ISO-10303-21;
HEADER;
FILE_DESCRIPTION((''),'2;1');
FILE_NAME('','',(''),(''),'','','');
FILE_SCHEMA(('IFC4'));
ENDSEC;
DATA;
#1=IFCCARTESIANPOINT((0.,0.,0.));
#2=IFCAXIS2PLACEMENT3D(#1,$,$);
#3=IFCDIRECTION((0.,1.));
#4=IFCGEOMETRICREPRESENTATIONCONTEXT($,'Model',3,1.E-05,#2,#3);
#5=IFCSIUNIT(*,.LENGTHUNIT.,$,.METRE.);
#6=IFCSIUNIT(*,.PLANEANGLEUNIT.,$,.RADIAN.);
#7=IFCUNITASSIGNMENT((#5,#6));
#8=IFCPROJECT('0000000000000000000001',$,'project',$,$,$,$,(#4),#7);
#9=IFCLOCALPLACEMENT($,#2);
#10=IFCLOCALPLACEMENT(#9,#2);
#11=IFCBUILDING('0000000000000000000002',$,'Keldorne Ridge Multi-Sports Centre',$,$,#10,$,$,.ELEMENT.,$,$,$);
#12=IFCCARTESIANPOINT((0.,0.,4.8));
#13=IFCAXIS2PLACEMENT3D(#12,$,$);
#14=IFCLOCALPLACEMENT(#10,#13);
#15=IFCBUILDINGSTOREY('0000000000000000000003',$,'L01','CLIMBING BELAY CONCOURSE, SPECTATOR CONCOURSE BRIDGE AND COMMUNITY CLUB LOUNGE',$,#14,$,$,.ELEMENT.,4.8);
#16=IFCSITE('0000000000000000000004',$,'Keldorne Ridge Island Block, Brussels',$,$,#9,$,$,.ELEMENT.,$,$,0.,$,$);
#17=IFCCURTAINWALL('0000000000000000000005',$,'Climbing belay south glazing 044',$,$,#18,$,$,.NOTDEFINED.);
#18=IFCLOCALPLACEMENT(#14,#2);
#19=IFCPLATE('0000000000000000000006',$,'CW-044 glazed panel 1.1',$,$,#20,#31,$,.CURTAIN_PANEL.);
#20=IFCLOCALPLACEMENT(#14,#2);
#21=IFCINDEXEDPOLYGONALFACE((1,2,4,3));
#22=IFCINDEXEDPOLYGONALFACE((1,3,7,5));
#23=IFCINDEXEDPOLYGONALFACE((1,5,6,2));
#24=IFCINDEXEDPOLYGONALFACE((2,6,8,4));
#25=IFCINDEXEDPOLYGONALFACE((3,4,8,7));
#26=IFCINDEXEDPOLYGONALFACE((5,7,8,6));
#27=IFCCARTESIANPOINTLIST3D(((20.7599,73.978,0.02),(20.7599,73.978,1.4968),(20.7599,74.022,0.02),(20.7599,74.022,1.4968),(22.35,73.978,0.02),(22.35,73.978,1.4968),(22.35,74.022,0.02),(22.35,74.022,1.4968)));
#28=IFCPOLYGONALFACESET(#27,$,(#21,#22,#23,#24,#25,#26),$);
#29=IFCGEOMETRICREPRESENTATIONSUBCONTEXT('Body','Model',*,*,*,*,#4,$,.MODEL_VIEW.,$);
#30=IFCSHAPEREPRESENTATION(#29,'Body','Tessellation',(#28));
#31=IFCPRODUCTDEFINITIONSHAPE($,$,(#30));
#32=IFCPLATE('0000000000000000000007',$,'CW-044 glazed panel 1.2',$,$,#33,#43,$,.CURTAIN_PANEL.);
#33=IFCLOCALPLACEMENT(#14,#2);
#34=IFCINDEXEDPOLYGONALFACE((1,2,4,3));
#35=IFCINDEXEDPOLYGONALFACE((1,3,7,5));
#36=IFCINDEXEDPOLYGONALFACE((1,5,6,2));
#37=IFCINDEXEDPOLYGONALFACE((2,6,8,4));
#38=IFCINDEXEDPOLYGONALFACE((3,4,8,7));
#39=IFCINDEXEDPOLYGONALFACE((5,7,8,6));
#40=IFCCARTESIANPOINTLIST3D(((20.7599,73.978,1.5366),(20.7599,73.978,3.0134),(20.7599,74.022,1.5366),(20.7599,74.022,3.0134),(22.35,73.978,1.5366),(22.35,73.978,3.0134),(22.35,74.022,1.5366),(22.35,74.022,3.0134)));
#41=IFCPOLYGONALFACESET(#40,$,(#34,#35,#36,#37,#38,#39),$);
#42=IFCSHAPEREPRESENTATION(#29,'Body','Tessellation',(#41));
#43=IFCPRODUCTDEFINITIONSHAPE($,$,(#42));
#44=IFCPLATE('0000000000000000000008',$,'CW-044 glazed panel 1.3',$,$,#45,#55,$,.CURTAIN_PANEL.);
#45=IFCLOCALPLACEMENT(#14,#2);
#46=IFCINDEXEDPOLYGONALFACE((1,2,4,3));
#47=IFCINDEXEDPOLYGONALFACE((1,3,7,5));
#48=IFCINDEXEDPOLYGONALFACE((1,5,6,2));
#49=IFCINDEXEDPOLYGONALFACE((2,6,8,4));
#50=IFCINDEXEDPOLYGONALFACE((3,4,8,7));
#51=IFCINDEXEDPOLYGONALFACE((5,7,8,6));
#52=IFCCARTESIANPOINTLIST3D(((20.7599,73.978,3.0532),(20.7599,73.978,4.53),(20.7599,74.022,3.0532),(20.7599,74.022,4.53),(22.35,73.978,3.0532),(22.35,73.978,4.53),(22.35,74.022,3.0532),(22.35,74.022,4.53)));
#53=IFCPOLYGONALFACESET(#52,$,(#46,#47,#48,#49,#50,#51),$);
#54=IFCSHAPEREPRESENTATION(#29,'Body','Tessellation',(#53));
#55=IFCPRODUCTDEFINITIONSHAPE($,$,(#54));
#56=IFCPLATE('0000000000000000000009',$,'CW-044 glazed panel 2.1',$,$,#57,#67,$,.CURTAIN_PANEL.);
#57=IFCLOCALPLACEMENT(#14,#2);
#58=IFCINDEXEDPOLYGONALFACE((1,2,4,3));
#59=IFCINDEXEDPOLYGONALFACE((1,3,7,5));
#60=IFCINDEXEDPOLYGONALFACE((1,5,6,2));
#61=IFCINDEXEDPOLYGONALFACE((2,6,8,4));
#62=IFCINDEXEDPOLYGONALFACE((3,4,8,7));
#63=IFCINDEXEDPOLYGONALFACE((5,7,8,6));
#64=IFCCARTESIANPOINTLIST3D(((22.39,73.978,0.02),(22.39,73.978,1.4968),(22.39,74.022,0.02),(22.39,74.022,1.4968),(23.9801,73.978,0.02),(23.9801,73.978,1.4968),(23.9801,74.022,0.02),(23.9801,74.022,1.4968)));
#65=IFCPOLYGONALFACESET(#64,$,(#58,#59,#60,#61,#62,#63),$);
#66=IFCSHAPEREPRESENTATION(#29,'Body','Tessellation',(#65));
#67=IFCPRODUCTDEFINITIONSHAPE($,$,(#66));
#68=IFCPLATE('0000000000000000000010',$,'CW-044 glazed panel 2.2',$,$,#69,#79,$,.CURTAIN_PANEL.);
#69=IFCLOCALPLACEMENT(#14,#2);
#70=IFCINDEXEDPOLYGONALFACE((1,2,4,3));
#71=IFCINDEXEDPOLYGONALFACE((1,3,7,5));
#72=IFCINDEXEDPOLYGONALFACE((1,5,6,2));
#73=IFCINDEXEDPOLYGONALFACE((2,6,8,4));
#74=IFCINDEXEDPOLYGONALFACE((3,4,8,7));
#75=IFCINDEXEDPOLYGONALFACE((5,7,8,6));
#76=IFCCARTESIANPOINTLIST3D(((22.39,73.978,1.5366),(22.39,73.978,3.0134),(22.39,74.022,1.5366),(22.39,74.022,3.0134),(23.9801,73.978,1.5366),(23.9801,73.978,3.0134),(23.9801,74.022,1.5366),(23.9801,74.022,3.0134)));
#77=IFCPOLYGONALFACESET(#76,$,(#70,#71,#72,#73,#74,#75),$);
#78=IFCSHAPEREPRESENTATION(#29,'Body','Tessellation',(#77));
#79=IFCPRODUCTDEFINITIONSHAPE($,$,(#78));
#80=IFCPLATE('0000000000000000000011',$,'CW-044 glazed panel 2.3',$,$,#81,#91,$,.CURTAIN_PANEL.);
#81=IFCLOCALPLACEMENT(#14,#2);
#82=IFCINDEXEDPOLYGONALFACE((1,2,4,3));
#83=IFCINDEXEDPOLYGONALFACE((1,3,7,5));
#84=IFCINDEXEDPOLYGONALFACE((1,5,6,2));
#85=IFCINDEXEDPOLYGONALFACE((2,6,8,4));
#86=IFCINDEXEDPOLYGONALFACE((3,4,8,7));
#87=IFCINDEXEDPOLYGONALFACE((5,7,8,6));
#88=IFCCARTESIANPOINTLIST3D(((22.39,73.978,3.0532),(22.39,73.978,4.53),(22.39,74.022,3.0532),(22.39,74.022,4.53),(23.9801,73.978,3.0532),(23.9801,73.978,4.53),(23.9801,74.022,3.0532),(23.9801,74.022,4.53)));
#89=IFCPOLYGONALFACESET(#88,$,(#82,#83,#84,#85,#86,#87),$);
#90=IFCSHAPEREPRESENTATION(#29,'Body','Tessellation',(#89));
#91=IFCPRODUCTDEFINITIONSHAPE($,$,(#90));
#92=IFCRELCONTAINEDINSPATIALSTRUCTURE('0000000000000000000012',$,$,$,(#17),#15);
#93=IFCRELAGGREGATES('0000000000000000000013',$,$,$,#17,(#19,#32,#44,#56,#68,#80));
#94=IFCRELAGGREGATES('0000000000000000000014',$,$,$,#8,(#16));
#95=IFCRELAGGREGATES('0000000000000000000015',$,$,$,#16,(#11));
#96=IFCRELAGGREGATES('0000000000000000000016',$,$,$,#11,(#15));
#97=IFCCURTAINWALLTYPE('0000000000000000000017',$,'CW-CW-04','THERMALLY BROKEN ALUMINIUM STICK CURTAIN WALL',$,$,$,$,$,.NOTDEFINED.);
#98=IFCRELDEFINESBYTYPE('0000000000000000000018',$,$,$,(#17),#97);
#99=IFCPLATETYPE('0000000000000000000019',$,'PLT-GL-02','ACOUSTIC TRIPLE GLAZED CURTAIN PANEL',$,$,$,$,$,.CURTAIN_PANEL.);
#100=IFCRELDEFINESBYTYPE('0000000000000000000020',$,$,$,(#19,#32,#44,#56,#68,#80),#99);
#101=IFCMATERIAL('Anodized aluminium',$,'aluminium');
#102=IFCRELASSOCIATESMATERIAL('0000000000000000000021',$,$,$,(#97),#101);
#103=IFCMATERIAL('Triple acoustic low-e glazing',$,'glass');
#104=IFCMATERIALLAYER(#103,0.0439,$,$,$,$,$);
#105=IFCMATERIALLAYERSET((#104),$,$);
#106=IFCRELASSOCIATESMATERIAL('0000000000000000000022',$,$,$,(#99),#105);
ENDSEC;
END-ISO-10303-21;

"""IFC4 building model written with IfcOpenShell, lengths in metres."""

from ifc_helpers import new_model, si_unit, direction, frame, origin, origin_2d, place, context, subcontext, project, spatial, rectangle, extrude, material, layer, layer_set, type_object, element, aggregate, save


model = new_model("IFC4")

# Units and contexts
model_context = context("Model", 3, precision=1e-05, world=origin(), true_north=direction((0.0, 1.0)))
body_context = subcontext(model_context, "Body", "Model", "MODEL_VIEW")
ifc_project = project(units=[si_unit("LENGTHUNIT", "METRE"), si_unit("PLANEANGLEUNIT", "RADIAN")], contexts=[model_context])

# Site, building, storey
site_placement = place(None, origin())
site = spatial("IfcSite", under=ifc_project, at=site_placement, Name="Keldorne Ridge Island Block, Brussels", CompositionType="ELEMENT", RefElevation=0.0)
building_placement = place(site_placement, origin())
building = spatial("IfcBuilding", under=site, at=building_placement, Name="Keldorne Ridge Multi-Sports Centre", CompositionType="ELEMENT")
storey_placement = place(building_placement, frame((0.0, 0.0, 4.8)))
storey = spatial("IfcBuildingStorey", under=building, at=storey_placement, Name="L01", Description="CLIMBING BELAY CONCOURSE, SPECTATOR CONCOURSE BRIDGE AND COMMUNITY CLUB LOUNGE", CompositionType="ELEMENT", Elevation=4.8)

# Curtain wall
ifc_material_1 = material(Name="Anodized aluminium", Category="aluminium")
curtain_wall_type_1 = type_object("IfcCurtainWallType", Name="CW-CW-04", Description="THERMALLY BROKEN ALUMINIUM STICK CURTAIN WALL", PredefinedType="NOTDEFINED", material=ifc_material_1)
curtain_wall_1_placement = place(storey_placement, origin())
curtain_wall_1 = element("IfcCurtainWall", 1, at=curtain_wall_1_placement, inside=storey, type_object=curtain_wall_type_1, Name="Climbing belay south glazing 044", PredefinedType="NOTDEFINED")

# Plates
ifc_material_2 = material(Name="Triple acoustic low-e glazing", Category="glass")
ifc_layer = layer(ifc_material_2, 0.0439)
ifc_layer_set = layer_set([ifc_layer])
plate_type = type_object("IfcPlateType", Name="PLT-GL-02", Description="ACOUSTIC TRIPLE GLAZED CURTAIN PANEL", PredefinedType="CURTAIN_PANEL", material=ifc_layer_set)
plate_1_placement = place(storey_placement, frame((21.5549, 74.0, 0.02), z_axis=(0.0, 0.0, 1.0), x_axis=(1.0, 0.0, 0.0)))
plate_1 = element("IfcPlate", 2, at=plate_1_placement, type_object=plate_type, Name="CW-044 glazed panel 1.1", PredefinedType="CURTAIN_PANEL", context=body_context, shape_type="SweptSolid", body=[
    extrude(rectangle(XDim=1.5901, YDim=0.0439, at=origin_2d()), origin(), (0.0, 0.0, 1.0), 1.4768),
])
plate_2_placement = place(storey_placement, frame((21.5549, 74.0, 1.5366), z_axis=(0.0, 0.0, 1.0), x_axis=(1.0, 0.0, 0.0)))
plate_2 = element("IfcPlate", 3, at=plate_2_placement, type_object=plate_type, Name="CW-044 glazed panel 1.2", PredefinedType="CURTAIN_PANEL", context=body_context, shape_type="SweptSolid", body=[
    extrude(rectangle(XDim=1.5901, YDim=0.0439, at=origin_2d()), origin(), (0.0, 0.0, 1.0), 1.4768),
])
plate_3_placement = place(storey_placement, frame((21.5549, 74.0, 3.0532), z_axis=(0.0, 0.0, 1.0), x_axis=(1.0, 0.0, 0.0)))
plate_3 = element("IfcPlate", 4, at=plate_3_placement, type_object=plate_type, Name="CW-044 glazed panel 1.3", PredefinedType="CURTAIN_PANEL", context=body_context, shape_type="SweptSolid", body=[
    extrude(rectangle(XDim=1.5901, YDim=0.0439, at=origin_2d()), origin(), (0.0, 0.0, 1.0), 1.4768),
])
plate_4_placement = place(storey_placement, frame((23.1851, 74.0, 0.02), z_axis=(0.0, 0.0, 1.0), x_axis=(1.0, 0.0, 0.0)))
plate_4 = element("IfcPlate", 5, at=plate_4_placement, type_object=plate_type, Name="CW-044 glazed panel 2.1", PredefinedType="CURTAIN_PANEL", context=body_context, shape_type="SweptSolid", body=[
    extrude(rectangle(XDim=1.5901, YDim=0.0439, at=origin_2d()), origin(), (0.0, 0.0, 1.0), 1.4768),
])
plate_5_placement = place(storey_placement, frame((23.1851, 74.0, 1.5366), z_axis=(0.0, 0.0, 1.0), x_axis=(1.0, 0.0, 0.0)))
plate_5 = element("IfcPlate", 6, at=plate_5_placement, type_object=plate_type, Name="CW-044 glazed panel 2.2", PredefinedType="CURTAIN_PANEL", context=body_context, shape_type="SweptSolid", body=[
    extrude(rectangle(XDim=1.5901, YDim=0.0439, at=origin_2d()), origin(), (0.0, 0.0, 1.0), 1.4768),
])
plate_6_placement = place(storey_placement, frame((23.1851, 74.0, 3.0532), z_axis=(0.0, 0.0, 1.0), x_axis=(1.0, 0.0, 0.0)))
plate_6 = element("IfcPlate", 7, at=plate_6_placement, type_object=plate_type, Name="CW-044 glazed panel 2.3", PredefinedType="CURTAIN_PANEL", context=body_context, shape_type="SweptSolid", body=[
    extrude(rectangle(XDim=1.5901, YDim=0.0439, at=origin_2d()), origin(), (0.0, 0.0, 1.0), 1.4768),
])
aggregate(curtain_wall_1, [plate_1, plate_2, plate_3, plate_4, plate_5, plate_6])

save(model, "model.ifc")
